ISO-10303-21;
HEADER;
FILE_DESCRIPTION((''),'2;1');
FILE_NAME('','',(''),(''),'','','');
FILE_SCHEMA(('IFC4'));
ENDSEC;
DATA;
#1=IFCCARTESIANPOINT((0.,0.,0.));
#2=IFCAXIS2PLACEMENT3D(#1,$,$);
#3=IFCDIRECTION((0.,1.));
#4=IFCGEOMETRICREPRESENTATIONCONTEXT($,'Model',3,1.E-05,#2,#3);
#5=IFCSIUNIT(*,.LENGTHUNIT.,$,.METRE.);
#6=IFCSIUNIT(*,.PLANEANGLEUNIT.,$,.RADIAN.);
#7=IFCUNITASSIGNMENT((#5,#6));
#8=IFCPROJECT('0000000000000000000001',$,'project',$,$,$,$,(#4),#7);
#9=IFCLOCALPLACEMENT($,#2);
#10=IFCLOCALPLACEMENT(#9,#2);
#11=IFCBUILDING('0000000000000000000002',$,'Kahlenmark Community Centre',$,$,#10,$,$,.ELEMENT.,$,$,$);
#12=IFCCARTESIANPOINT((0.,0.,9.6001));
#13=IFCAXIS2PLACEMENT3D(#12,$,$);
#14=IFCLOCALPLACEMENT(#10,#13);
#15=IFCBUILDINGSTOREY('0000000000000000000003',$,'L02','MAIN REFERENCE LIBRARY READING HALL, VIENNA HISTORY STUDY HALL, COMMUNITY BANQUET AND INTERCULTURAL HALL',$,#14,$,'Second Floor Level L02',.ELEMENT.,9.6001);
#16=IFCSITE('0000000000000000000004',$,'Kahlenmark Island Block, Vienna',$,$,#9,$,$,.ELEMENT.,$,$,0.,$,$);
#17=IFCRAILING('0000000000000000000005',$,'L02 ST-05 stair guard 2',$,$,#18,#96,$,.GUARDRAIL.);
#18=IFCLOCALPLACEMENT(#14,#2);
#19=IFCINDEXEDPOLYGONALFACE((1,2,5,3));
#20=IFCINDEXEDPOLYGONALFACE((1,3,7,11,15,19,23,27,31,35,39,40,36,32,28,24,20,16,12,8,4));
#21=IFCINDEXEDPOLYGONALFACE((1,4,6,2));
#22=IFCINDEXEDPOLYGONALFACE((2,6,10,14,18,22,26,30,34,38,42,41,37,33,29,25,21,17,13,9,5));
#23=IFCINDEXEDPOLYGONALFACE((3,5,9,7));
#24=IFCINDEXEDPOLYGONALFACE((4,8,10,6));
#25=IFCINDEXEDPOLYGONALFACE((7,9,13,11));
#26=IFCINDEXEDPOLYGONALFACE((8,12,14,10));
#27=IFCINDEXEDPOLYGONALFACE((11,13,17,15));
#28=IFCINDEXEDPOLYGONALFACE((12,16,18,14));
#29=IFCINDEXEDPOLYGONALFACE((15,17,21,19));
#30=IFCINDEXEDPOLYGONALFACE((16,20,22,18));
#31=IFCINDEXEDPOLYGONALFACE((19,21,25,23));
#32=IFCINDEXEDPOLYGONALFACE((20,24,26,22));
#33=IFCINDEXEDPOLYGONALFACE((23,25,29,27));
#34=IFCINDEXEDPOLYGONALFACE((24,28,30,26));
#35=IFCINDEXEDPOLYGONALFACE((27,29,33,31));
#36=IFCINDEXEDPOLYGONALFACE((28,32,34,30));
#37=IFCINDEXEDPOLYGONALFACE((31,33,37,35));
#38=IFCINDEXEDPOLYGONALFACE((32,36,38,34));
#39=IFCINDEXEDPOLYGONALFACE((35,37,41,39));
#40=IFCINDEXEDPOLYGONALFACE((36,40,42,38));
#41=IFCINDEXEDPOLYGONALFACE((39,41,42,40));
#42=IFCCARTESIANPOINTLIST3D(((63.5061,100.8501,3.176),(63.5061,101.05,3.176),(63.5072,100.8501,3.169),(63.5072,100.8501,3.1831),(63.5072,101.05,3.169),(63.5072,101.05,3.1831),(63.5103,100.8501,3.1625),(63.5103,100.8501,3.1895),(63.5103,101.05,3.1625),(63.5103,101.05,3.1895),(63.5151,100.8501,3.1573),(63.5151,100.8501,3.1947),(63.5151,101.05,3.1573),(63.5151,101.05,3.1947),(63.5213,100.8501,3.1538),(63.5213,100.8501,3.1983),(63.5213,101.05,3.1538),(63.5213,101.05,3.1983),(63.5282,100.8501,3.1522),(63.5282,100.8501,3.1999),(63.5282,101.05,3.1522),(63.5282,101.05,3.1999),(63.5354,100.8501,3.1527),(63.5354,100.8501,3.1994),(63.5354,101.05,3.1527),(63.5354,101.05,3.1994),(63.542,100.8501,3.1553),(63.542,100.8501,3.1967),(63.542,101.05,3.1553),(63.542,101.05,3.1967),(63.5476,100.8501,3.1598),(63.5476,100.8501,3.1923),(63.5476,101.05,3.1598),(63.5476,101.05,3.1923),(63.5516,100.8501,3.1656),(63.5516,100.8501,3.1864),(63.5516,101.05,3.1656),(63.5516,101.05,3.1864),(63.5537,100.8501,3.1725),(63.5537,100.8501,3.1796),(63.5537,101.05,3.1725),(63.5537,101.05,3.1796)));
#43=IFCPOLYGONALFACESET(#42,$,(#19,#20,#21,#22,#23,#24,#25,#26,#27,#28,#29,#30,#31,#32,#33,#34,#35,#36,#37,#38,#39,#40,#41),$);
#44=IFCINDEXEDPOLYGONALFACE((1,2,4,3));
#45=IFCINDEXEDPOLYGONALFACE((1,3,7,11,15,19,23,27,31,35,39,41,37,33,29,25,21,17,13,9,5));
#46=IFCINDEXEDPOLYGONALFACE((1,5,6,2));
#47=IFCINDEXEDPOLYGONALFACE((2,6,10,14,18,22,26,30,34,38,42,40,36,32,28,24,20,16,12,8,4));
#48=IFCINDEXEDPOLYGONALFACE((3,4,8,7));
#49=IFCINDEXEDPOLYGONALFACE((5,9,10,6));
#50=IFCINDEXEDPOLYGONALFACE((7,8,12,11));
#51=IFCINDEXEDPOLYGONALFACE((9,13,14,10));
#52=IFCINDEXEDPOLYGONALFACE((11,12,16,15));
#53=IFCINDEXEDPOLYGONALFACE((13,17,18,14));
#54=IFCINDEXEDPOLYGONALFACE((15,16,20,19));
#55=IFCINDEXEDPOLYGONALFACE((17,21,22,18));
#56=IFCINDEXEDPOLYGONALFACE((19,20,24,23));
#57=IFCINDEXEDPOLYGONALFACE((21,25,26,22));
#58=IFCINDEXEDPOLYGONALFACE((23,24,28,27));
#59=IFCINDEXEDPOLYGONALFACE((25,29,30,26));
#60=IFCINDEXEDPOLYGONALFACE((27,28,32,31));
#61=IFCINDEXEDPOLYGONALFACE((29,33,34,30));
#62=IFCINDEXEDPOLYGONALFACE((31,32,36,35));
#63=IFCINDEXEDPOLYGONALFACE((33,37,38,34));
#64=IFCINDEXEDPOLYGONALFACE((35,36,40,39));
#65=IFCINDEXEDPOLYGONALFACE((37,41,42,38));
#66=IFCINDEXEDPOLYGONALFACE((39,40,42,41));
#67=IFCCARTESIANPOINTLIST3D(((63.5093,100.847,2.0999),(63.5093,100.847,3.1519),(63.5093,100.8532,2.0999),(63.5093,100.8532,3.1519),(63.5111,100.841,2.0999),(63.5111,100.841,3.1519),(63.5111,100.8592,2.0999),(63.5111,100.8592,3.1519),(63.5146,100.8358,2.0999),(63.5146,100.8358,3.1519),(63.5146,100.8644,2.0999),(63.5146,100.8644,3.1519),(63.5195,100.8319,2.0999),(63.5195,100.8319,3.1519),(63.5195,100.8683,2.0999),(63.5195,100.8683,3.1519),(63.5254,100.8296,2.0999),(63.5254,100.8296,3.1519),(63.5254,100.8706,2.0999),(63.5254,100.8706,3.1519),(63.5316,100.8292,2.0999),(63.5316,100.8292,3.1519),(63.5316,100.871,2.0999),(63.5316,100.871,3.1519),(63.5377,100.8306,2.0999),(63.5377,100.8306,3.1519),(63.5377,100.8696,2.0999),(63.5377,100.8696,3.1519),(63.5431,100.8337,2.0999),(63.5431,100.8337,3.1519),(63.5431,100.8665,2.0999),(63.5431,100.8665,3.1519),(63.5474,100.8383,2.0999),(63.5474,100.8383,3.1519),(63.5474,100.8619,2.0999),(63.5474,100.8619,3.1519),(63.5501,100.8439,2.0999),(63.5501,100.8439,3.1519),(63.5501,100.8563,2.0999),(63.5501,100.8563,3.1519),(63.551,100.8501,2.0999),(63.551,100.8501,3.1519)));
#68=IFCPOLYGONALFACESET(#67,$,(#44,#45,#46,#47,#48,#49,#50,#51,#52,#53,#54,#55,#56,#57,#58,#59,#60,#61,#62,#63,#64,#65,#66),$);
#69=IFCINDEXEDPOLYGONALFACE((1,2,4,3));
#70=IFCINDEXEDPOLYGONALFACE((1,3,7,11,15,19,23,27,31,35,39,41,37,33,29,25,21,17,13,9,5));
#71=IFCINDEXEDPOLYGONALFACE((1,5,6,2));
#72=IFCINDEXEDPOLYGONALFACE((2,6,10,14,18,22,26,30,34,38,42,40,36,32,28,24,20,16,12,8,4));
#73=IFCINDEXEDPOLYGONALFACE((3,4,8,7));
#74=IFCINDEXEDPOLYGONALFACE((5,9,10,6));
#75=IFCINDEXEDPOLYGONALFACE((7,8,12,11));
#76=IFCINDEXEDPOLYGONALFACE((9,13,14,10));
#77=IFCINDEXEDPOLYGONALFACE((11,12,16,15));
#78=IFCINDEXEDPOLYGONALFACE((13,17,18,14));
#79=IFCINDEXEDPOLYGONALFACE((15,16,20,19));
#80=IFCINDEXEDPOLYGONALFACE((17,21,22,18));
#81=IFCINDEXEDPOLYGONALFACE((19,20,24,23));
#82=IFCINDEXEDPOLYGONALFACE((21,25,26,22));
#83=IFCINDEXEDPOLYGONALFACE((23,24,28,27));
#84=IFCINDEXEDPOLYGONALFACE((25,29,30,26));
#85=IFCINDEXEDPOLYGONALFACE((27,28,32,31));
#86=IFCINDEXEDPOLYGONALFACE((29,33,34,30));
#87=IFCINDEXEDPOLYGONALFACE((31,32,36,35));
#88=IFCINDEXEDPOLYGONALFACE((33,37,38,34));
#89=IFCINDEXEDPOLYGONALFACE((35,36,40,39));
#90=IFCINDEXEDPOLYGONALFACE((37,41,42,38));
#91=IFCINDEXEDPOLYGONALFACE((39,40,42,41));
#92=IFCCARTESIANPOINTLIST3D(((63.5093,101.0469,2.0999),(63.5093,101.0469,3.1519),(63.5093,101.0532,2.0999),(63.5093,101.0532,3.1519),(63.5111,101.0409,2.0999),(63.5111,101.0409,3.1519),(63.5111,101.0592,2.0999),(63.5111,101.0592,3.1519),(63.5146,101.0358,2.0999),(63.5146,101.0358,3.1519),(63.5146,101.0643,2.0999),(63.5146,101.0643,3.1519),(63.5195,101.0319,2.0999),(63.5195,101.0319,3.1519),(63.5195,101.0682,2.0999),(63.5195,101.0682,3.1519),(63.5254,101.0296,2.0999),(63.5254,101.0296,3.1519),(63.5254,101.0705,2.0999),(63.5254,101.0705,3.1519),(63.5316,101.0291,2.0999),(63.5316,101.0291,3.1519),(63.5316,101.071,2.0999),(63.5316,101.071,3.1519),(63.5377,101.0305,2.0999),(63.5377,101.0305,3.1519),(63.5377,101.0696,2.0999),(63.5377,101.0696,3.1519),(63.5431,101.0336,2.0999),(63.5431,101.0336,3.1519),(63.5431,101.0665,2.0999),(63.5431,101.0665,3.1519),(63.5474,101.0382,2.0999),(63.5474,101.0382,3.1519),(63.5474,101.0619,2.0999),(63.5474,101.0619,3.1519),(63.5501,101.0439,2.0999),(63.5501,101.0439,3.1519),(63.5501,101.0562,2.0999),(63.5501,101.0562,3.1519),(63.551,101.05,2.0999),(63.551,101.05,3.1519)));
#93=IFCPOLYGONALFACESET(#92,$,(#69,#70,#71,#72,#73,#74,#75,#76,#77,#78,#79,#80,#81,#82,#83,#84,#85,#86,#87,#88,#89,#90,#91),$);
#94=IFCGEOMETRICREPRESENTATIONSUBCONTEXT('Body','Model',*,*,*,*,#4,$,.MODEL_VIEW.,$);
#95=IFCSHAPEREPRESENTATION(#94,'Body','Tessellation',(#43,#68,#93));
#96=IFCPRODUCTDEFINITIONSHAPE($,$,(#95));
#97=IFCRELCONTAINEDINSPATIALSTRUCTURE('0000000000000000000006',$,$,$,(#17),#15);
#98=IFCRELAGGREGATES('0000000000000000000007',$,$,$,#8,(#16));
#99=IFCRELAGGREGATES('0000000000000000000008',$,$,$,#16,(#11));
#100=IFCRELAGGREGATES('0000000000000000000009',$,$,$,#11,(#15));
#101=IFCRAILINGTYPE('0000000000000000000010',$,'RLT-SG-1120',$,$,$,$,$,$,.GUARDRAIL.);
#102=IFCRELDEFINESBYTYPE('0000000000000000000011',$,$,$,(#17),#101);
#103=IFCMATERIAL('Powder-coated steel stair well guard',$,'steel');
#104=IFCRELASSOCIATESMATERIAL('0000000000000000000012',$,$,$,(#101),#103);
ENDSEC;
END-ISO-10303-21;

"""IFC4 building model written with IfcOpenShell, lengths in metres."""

from ifc_helpers import new_model, si_unit, direction, frame, origin, origin_2d, place, context, subcontext, project, spatial, circle, extrude, material, type_object, element, save


model = new_model("IFC4")

# Units and contexts
model_context = context("Model", 3, precision=1e-05, world=origin(), true_north=direction((0.0, 1.0)))
body_context = subcontext(model_context, "Body", "Model", "MODEL_VIEW")
ifc_project = project(units=[si_unit("LENGTHUNIT", "METRE"), si_unit("PLANEANGLEUNIT", "RADIAN")], contexts=[model_context])

# Site, building, storey
site_placement = place(None, origin())
site = spatial("IfcSite", under=ifc_project, at=site_placement, Name="Kahlenmark Island Block, Vienna", CompositionType="ELEMENT", RefElevation=0.0)
building_placement = place(site_placement, origin())
building = spatial("IfcBuilding", under=site, at=building_placement, Name="Kahlenmark Community Centre", CompositionType="ELEMENT")
storey_placement = place(building_placement, frame((0.0, 0.0, 9.6001)))
storey = spatial("IfcBuildingStorey", under=building, at=storey_placement, Name="L02", Description="MAIN REFERENCE LIBRARY READING HALL, VIENNA HISTORY STUDY HALL, COMMUNITY BANQUET AND INTERCULTURAL HALL", LongName="Second Floor Level L02", CompositionType="ELEMENT", Elevation=9.6001)

# Railing
ifc_material_1 = material(Name="Powder-coated steel stair well guard", Category="steel")
railing_type_1 = type_object("IfcRailingType", Name="RLT-SG-1120", PredefinedType="GUARDRAIL", material=ifc_material_1)
railing_1_placement = place(storey_placement, frame((63.53, 100.8501, 2.0999)))
element("IfcRailing", 1, at=railing_1_placement, inside=storey, type_object=railing_type_1, Name="L02 ST-05 stair guard 2", PredefinedType="GUARDRAIL", context=body_context, shape_type="SweptSolid", body=[
    extrude(circle(Radius=0.0239, at=origin_2d()), frame((0.0, 0.0, 1.0762), z_axis=(0.0, 1.0, 0.0), x_axis=(-1.0, 0.0, 0.0)), (0.0, 0.0, 1.0), 0.2),
    extrude(circle(Radius=0.021, at=origin_2d()), origin(), (0.0, 0.0, 1.0), 1.052),
    extrude(circle(Radius=0.021, at=origin_2d()), frame((0.0, 0.2, 0.0)), (0.0, 0.0, 1.0), 1.052),
])

save(model, "model.ifc")
